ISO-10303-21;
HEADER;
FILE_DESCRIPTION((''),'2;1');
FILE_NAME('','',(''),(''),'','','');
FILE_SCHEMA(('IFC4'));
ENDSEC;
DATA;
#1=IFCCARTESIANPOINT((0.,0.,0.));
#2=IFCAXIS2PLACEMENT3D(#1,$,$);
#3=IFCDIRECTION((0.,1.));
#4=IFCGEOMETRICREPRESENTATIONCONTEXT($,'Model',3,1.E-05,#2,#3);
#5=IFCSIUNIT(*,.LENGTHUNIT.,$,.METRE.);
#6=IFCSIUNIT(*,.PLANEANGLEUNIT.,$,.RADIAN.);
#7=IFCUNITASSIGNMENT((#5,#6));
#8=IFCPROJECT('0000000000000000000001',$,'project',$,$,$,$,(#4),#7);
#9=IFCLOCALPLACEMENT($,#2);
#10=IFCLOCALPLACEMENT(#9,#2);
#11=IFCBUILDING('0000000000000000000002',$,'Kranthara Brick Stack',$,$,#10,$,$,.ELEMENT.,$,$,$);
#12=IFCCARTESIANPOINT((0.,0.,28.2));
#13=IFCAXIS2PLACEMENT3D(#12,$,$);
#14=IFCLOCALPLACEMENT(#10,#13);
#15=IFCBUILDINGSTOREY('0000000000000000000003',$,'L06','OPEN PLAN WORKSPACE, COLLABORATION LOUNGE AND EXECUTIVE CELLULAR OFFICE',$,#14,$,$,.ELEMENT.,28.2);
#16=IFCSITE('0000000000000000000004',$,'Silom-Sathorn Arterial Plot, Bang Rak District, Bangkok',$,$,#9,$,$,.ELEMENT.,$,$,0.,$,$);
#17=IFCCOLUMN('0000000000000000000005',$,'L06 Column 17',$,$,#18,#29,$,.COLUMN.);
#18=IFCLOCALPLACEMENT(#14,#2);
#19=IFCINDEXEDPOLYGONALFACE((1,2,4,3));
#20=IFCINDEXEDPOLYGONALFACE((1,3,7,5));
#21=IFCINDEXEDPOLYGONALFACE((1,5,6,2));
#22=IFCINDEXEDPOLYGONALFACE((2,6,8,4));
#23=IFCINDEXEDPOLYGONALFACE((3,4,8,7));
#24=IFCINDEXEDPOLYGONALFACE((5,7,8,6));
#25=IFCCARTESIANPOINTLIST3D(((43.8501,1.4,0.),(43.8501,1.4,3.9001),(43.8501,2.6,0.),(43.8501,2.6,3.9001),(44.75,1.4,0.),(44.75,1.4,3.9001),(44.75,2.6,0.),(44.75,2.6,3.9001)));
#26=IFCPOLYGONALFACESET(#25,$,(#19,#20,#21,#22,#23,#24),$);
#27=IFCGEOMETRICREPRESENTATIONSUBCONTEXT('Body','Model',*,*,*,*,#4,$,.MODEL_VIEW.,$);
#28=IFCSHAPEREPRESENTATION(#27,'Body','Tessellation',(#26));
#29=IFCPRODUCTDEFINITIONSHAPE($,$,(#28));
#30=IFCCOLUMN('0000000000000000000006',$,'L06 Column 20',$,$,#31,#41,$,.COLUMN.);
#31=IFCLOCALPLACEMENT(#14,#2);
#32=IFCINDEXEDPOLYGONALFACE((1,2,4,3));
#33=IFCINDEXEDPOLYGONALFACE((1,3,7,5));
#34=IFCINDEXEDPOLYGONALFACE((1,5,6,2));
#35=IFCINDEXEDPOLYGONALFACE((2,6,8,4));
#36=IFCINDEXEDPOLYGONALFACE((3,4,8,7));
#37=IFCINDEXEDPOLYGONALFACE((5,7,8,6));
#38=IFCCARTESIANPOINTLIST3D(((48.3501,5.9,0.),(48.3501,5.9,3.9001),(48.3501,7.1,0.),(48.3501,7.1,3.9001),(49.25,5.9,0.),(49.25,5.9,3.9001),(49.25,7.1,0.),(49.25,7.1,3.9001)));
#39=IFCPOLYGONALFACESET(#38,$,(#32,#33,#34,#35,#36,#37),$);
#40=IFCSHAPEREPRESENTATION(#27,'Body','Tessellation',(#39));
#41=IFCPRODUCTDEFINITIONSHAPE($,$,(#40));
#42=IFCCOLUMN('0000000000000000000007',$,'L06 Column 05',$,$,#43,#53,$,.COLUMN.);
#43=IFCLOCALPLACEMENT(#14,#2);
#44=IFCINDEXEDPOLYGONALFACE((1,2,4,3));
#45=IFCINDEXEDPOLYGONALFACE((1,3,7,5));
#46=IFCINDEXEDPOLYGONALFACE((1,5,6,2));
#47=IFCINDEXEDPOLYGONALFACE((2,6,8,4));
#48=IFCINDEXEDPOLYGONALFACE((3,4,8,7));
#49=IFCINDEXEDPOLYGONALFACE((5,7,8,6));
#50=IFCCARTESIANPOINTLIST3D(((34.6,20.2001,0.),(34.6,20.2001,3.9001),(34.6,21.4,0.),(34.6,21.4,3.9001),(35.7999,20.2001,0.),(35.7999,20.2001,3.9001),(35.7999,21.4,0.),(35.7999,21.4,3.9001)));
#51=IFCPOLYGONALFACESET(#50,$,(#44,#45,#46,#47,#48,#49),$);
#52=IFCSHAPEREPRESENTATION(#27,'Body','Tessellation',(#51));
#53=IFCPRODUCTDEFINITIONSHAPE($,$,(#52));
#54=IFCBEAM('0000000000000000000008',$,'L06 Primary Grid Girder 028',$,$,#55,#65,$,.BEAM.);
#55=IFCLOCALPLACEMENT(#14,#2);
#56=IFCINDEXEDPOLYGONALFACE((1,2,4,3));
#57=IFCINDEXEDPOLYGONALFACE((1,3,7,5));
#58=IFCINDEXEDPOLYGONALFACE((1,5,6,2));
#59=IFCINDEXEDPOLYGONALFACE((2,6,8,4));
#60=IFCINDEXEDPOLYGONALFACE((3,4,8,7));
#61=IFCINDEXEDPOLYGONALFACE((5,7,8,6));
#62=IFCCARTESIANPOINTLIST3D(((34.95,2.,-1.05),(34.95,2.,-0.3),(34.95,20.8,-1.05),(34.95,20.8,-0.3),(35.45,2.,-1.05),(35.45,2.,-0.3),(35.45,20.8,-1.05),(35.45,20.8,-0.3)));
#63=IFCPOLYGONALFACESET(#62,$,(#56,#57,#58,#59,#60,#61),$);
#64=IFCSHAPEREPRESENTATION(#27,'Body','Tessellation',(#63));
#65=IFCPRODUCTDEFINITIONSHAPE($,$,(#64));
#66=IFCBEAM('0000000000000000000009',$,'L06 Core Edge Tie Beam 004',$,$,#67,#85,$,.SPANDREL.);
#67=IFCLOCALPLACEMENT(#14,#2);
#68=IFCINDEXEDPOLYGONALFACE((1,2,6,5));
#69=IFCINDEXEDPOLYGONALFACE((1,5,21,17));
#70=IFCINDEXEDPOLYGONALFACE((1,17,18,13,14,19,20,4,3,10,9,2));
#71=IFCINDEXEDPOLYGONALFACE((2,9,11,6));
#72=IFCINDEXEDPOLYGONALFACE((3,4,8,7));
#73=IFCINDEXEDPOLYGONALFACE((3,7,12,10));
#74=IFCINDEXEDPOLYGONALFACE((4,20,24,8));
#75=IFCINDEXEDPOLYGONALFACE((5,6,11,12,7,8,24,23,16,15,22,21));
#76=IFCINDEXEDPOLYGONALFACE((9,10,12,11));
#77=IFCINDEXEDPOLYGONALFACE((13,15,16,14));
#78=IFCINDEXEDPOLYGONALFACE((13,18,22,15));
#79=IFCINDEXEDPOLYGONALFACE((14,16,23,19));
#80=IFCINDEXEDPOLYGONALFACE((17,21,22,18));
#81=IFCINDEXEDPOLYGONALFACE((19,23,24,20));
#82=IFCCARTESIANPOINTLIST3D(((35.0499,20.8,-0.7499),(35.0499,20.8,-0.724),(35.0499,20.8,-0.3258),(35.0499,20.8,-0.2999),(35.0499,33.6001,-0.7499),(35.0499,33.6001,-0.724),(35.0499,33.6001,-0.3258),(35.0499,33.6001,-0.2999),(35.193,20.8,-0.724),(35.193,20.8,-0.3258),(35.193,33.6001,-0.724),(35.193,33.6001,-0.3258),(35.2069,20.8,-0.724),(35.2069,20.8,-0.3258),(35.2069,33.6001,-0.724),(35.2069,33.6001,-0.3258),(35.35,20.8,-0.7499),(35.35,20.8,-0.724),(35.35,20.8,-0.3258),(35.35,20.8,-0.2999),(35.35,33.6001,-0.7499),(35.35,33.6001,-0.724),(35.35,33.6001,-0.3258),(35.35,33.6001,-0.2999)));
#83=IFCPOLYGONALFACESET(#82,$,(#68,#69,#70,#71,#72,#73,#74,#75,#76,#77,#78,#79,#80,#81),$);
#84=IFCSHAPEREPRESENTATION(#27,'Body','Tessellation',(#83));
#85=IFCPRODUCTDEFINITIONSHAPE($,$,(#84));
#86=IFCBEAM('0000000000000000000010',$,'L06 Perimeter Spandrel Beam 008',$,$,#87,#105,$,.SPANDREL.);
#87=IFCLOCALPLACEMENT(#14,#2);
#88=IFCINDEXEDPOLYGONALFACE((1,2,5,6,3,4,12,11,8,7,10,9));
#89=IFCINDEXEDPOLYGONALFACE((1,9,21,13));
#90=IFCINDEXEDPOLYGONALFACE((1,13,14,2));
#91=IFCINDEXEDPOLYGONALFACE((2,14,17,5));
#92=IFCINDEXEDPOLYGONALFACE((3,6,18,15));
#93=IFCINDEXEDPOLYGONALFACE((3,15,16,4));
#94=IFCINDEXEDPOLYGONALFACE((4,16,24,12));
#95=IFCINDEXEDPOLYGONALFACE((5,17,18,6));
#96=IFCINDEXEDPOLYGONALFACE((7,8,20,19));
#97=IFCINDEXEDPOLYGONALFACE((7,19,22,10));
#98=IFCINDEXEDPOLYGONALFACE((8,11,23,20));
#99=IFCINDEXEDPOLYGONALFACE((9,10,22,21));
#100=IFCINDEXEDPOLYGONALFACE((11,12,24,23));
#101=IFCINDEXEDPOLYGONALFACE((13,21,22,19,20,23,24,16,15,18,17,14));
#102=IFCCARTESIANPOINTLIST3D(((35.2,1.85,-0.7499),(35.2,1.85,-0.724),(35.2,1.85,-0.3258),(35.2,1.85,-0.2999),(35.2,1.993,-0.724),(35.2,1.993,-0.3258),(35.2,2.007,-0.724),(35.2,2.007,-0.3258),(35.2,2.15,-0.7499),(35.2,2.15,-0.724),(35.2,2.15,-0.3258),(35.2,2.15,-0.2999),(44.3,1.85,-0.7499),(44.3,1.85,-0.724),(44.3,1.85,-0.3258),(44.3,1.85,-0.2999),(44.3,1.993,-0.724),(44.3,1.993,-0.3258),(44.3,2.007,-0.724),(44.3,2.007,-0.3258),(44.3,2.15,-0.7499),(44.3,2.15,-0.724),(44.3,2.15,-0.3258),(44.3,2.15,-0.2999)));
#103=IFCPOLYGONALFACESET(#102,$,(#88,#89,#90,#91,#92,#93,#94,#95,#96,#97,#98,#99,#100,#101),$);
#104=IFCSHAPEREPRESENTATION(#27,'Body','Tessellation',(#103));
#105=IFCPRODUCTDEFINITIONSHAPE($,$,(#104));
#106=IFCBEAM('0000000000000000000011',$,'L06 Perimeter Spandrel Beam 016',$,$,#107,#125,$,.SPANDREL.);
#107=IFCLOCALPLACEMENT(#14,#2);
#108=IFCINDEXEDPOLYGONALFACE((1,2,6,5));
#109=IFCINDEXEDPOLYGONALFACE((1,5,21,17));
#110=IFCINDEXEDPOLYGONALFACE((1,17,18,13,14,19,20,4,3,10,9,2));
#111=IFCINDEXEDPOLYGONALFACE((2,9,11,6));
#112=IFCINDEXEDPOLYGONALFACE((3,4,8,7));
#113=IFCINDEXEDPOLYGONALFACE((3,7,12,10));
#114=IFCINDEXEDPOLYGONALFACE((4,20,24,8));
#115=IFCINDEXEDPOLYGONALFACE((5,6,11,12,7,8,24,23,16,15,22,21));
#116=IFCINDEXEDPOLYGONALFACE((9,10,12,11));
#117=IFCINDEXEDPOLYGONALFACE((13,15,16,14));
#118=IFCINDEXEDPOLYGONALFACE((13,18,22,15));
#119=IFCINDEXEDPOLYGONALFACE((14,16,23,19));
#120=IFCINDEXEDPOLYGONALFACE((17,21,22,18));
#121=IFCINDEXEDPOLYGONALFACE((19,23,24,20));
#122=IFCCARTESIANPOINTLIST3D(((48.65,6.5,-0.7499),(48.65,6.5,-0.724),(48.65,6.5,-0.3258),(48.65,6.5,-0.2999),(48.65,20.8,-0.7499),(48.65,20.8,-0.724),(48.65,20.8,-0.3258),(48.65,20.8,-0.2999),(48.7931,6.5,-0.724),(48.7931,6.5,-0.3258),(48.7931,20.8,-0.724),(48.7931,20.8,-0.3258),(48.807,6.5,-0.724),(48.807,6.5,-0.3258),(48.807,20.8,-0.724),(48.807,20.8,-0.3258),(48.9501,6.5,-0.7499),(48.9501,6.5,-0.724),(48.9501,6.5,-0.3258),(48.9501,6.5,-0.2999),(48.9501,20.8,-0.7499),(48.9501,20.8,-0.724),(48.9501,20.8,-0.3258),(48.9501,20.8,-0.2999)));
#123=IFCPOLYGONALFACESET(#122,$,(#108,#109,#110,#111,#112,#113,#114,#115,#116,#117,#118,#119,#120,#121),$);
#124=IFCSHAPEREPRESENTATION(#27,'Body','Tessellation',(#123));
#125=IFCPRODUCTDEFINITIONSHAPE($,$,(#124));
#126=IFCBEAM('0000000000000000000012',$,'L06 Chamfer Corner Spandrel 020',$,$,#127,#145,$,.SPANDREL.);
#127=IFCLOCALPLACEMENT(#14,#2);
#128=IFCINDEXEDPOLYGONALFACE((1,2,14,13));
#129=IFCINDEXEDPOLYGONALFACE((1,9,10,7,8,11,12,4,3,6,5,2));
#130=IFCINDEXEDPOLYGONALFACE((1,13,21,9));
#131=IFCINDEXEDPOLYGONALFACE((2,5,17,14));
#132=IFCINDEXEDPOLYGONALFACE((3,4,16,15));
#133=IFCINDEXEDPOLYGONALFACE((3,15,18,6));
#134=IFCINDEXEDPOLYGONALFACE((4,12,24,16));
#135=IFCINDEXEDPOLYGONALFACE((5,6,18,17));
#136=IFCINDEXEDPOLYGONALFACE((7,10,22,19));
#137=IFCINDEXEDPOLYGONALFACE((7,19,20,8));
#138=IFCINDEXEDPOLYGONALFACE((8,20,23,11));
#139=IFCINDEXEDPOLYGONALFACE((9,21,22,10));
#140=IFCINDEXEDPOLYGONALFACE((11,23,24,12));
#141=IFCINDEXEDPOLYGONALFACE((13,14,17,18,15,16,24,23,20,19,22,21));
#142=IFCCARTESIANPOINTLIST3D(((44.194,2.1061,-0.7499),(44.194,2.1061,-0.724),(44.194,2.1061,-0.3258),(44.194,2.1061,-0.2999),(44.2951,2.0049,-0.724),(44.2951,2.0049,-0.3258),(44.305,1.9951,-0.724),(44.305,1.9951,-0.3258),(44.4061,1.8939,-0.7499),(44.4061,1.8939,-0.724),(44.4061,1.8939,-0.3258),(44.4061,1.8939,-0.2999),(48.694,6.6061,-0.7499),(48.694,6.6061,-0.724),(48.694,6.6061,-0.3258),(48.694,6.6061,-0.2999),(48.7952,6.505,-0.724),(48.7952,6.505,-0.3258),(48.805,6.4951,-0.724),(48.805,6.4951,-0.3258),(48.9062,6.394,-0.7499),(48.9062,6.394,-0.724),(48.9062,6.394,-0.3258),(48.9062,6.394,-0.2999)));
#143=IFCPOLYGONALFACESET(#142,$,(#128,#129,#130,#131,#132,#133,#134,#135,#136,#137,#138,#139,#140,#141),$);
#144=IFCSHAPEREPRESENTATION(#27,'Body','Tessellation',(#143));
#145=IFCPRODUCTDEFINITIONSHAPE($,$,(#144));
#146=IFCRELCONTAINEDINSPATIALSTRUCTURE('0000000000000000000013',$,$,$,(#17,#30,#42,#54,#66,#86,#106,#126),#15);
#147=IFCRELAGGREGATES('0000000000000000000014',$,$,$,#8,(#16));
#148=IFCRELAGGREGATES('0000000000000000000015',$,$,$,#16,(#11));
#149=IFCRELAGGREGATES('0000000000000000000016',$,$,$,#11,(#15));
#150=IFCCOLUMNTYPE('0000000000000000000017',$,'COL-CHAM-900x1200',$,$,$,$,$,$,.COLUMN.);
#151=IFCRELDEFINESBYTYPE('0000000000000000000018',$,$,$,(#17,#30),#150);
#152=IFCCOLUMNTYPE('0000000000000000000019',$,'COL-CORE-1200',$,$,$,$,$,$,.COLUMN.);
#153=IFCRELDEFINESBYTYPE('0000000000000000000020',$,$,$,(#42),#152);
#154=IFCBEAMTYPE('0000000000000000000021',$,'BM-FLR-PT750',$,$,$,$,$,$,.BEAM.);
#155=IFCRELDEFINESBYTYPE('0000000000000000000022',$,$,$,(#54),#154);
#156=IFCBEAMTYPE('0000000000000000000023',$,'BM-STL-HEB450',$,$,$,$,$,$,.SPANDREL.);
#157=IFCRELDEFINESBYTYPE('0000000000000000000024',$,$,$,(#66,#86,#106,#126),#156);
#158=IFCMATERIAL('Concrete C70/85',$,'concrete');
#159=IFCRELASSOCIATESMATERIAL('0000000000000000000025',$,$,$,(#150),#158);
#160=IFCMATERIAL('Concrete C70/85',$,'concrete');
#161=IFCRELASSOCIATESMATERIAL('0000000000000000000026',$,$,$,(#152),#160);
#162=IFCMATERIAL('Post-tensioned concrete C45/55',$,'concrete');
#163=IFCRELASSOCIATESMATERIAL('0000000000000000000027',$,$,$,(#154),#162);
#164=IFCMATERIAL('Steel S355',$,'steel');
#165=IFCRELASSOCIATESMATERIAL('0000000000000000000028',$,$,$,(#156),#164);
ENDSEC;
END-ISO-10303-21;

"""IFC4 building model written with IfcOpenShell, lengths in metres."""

from ifc_helpers import new_model, si_unit, direction, frame, origin, origin_2d, place, context, subcontext, project, spatial, rectangle, i_section, extrude, material, material_profile, profile_set, type_object, element, save


model = new_model("IFC4")

# Units and contexts
model_context = context("Model", 3, precision=1e-05, world=origin(), true_north=direction((0.0, 1.0)))
body_context = subcontext(model_context, "Body", "Model", "MODEL_VIEW")
ifc_project = project(units=[si_unit("LENGTHUNIT", "METRE"), si_unit("PLANEANGLEUNIT", "RADIAN")], contexts=[model_context])

# Site, building, storey
site_placement = place(None, origin())
site = spatial("IfcSite", under=ifc_project, at=site_placement, Name="Silom-Sathorn Arterial Plot, Bang Rak District, Bangkok", CompositionType="ELEMENT", RefElevation=0.0)
building_placement = place(site_placement, origin())
building = spatial("IfcBuilding", under=site, at=building_placement, Name="Kranthara Brick Stack", CompositionType="ELEMENT")
storey_placement = place(building_placement, frame((0.0, 0.0, 28.2)))
storey = spatial("IfcBuildingStorey", under=building, at=storey_placement, Name="L06", Description="OPEN PLAN WORKSPACE, COLLABORATION LOUNGE AND EXECUTIVE CELLULAR OFFICE", CompositionType="ELEMENT", Elevation=28.2)

# Columns
ifc_material_1 = material(Name="Concrete C70/85", Category="concrete")
ifc_material_profile_1 = material_profile(ifc_material_1, rectangle(XDim=0.8999, YDim=1.2, at=origin_2d()), Name="RC 900x1200")
ifc_profile_set_1 = profile_set([ifc_material_profile_1], Name="Concrete C70/85")
column_type_1 = type_object("IfcColumnType", Name="COL-CHAM-900x1200", PredefinedType="COLUMN", material=ifc_profile_set_1)
for number, where, z_axis, x_axis, name in (
    (1, (44.3, 2.0, 0.0), (0.0, 0.0, 1.0), (1.0, 0.0, 0.0), "L06 Column 17"),
    (2, (48.8, 6.5, 0.0), (0.0, 0.0, 1.0), (1.0, 0.0, 0.0), "L06 Column 20"),
):
    element("IfcColumn", number, at=place(storey_placement, frame(where, z_axis=z_axis, x_axis=x_axis)), inside=storey, type_object=column_type_1, Name=name, PredefinedType="COLUMN", context=body_context, shape_type="SweptSolid", body=[
        extrude(rectangle(XDim=0.8999, YDim=1.2, at=origin_2d()), origin(), (0.0, 0.0, 1.0), 3.9001),
    ])
ifc_material_2 = material(Name="Concrete C70/85", Category="concrete")
ifc_material_profile_2 = material_profile(ifc_material_2, rectangle(XDim=1.2, YDim=1.2, at=origin_2d()), Name="RC 1200x1200")
ifc_profile_set_2 = profile_set([ifc_material_profile_2], Name="Concrete C70/85")
column_type_2 = type_object("IfcColumnType", Name="COL-CORE-1200", PredefinedType="COLUMN", material=ifc_profile_set_2)
column_placement = place(storey_placement, frame((35.2, 20.8, 0.0), z_axis=(0.0, 0.0, 1.0), x_axis=(1.0, 0.0, 0.0)))
element("IfcColumn", 3, at=column_placement, inside=storey, type_object=column_type_2, Name="L06 Column 05", PredefinedType="COLUMN", context=body_context, shape_type="SweptSolid", body=[
    extrude(rectangle(XDim=1.2, YDim=1.2, at=origin_2d()), origin(), (0.0, 0.0, 1.0), 3.9001),
])

# Beams
ifc_material_3 = material(Name="Post-tensioned concrete C45/55", Category="concrete")
ifc_material_profile_3 = material_profile(ifc_material_3, rectangle(XDim=0.5, YDim=0.75, at=origin_2d()), Name="PT 500x750")
ifc_profile_set_3 = profile_set([ifc_material_profile_3], Name="Post-tensioned concrete C45/55")
beam_type_1 = type_object("IfcBeamType", Name="BM-FLR-PT750", PredefinedType="BEAM", material=ifc_profile_set_3)
beam_1_placement = place(storey_placement, frame((35.2, 2.0, -0.675), z_axis=(0.0, 1.0, 0.0), x_axis=(-1.0, 0.0, 0.0)))
element("IfcBeam", 4, at=beam_1_placement, inside=storey, type_object=beam_type_1, Name="L06 Primary Grid Girder 028", PredefinedType="BEAM", context=body_context, shape_type="SweptSolid", body=[
    extrude(rectangle(XDim=0.5, YDim=0.75, at=origin_2d()), origin(), (0.0, 0.0, 1.0), 18.8),
])
ifc_material_4 = material(Name="Steel S355", Category="steel")
ifc_material_profile_4 = material_profile(ifc_material_4, i_section(OverallWidth=0.3, OverallDepth=0.45, WebThickness=0.0139, FlangeThickness=0.0259, at=origin_2d()), Name="HEB 450")
ifc_profile_set_4 = profile_set([ifc_material_profile_4], Name="Steel S355")
beam_type_2 = type_object("IfcBeamType", Name="BM-STL-HEB450", PredefinedType="SPANDREL", material=ifc_profile_set_4)
beam_2_placement = place(storey_placement, frame((35.2, 20.8, -0.5249), z_axis=(0.0, 1.0, 0.0), x_axis=(-1.0, 0.0, 0.0)))
element("IfcBeam", 5, at=beam_2_placement, inside=storey, type_object=beam_type_2, Name="L06 Core Edge Tie Beam 004", PredefinedType="SPANDREL", context=body_context, shape_type="SweptSolid", body=[
    extrude(i_section(OverallWidth=0.3, OverallDepth=0.45, WebThickness=0.0139, FlangeThickness=0.0259, at=origin_2d()), origin(), (0.0, 0.0, 1.0), 12.8),
])
beam_3_placement = place(storey_placement, frame((35.2, 2.0, -0.5249), z_axis=(1.0, 0.0, 0.0), x_axis=(0.0, 1.0, 0.0)))
element("IfcBeam", 6, at=beam_3_placement, inside=storey, type_object=beam_type_2, Name="L06 Perimeter Spandrel Beam 008", PredefinedType="SPANDREL", context=body_context, shape_type="SweptSolid", body=[
    extrude(i_section(OverallWidth=0.3, OverallDepth=0.45, WebThickness=0.0139, FlangeThickness=0.0259, at=origin_2d()), origin(), (0.0, 0.0, 1.0), 9.1001),
])
beam_4_placement = place(storey_placement, frame((48.8, 6.5, -0.5249), z_axis=(0.0, 1.0, 0.0), x_axis=(-1.0, 0.0, 0.0)))
element("IfcBeam", 7, at=beam_4_placement, inside=storey, type_object=beam_type_2, Name="L06 Perimeter Spandrel Beam 016", PredefinedType="SPANDREL", context=body_context, shape_type="SweptSolid", body=[
    extrude(i_section(OverallWidth=0.3, OverallDepth=0.45, WebThickness=0.0139, FlangeThickness=0.0259, at=origin_2d()), origin(), (0.0, 0.0, 1.0), 14.3),
])
beam_5_placement = place(storey_placement, frame((44.3, 2.0, -0.5249), z_axis=(0.707107, 0.707107, 0.0), x_axis=(-0.707107, 0.707107, 0.0)))
element("IfcBeam", 8, at=beam_5_placement, inside=storey, type_object=beam_type_2, Name="L06 Chamfer Corner Spandrel 020", PredefinedType="SPANDREL", context=body_context, shape_type="SweptSolid", body=[
    extrude(i_section(OverallWidth=0.3, OverallDepth=0.45, WebThickness=0.0139, FlangeThickness=0.0259, at=origin_2d()), origin(), (0.0, 0.0, 1.0), 6.364),
])

save(model, "model.ifc")
